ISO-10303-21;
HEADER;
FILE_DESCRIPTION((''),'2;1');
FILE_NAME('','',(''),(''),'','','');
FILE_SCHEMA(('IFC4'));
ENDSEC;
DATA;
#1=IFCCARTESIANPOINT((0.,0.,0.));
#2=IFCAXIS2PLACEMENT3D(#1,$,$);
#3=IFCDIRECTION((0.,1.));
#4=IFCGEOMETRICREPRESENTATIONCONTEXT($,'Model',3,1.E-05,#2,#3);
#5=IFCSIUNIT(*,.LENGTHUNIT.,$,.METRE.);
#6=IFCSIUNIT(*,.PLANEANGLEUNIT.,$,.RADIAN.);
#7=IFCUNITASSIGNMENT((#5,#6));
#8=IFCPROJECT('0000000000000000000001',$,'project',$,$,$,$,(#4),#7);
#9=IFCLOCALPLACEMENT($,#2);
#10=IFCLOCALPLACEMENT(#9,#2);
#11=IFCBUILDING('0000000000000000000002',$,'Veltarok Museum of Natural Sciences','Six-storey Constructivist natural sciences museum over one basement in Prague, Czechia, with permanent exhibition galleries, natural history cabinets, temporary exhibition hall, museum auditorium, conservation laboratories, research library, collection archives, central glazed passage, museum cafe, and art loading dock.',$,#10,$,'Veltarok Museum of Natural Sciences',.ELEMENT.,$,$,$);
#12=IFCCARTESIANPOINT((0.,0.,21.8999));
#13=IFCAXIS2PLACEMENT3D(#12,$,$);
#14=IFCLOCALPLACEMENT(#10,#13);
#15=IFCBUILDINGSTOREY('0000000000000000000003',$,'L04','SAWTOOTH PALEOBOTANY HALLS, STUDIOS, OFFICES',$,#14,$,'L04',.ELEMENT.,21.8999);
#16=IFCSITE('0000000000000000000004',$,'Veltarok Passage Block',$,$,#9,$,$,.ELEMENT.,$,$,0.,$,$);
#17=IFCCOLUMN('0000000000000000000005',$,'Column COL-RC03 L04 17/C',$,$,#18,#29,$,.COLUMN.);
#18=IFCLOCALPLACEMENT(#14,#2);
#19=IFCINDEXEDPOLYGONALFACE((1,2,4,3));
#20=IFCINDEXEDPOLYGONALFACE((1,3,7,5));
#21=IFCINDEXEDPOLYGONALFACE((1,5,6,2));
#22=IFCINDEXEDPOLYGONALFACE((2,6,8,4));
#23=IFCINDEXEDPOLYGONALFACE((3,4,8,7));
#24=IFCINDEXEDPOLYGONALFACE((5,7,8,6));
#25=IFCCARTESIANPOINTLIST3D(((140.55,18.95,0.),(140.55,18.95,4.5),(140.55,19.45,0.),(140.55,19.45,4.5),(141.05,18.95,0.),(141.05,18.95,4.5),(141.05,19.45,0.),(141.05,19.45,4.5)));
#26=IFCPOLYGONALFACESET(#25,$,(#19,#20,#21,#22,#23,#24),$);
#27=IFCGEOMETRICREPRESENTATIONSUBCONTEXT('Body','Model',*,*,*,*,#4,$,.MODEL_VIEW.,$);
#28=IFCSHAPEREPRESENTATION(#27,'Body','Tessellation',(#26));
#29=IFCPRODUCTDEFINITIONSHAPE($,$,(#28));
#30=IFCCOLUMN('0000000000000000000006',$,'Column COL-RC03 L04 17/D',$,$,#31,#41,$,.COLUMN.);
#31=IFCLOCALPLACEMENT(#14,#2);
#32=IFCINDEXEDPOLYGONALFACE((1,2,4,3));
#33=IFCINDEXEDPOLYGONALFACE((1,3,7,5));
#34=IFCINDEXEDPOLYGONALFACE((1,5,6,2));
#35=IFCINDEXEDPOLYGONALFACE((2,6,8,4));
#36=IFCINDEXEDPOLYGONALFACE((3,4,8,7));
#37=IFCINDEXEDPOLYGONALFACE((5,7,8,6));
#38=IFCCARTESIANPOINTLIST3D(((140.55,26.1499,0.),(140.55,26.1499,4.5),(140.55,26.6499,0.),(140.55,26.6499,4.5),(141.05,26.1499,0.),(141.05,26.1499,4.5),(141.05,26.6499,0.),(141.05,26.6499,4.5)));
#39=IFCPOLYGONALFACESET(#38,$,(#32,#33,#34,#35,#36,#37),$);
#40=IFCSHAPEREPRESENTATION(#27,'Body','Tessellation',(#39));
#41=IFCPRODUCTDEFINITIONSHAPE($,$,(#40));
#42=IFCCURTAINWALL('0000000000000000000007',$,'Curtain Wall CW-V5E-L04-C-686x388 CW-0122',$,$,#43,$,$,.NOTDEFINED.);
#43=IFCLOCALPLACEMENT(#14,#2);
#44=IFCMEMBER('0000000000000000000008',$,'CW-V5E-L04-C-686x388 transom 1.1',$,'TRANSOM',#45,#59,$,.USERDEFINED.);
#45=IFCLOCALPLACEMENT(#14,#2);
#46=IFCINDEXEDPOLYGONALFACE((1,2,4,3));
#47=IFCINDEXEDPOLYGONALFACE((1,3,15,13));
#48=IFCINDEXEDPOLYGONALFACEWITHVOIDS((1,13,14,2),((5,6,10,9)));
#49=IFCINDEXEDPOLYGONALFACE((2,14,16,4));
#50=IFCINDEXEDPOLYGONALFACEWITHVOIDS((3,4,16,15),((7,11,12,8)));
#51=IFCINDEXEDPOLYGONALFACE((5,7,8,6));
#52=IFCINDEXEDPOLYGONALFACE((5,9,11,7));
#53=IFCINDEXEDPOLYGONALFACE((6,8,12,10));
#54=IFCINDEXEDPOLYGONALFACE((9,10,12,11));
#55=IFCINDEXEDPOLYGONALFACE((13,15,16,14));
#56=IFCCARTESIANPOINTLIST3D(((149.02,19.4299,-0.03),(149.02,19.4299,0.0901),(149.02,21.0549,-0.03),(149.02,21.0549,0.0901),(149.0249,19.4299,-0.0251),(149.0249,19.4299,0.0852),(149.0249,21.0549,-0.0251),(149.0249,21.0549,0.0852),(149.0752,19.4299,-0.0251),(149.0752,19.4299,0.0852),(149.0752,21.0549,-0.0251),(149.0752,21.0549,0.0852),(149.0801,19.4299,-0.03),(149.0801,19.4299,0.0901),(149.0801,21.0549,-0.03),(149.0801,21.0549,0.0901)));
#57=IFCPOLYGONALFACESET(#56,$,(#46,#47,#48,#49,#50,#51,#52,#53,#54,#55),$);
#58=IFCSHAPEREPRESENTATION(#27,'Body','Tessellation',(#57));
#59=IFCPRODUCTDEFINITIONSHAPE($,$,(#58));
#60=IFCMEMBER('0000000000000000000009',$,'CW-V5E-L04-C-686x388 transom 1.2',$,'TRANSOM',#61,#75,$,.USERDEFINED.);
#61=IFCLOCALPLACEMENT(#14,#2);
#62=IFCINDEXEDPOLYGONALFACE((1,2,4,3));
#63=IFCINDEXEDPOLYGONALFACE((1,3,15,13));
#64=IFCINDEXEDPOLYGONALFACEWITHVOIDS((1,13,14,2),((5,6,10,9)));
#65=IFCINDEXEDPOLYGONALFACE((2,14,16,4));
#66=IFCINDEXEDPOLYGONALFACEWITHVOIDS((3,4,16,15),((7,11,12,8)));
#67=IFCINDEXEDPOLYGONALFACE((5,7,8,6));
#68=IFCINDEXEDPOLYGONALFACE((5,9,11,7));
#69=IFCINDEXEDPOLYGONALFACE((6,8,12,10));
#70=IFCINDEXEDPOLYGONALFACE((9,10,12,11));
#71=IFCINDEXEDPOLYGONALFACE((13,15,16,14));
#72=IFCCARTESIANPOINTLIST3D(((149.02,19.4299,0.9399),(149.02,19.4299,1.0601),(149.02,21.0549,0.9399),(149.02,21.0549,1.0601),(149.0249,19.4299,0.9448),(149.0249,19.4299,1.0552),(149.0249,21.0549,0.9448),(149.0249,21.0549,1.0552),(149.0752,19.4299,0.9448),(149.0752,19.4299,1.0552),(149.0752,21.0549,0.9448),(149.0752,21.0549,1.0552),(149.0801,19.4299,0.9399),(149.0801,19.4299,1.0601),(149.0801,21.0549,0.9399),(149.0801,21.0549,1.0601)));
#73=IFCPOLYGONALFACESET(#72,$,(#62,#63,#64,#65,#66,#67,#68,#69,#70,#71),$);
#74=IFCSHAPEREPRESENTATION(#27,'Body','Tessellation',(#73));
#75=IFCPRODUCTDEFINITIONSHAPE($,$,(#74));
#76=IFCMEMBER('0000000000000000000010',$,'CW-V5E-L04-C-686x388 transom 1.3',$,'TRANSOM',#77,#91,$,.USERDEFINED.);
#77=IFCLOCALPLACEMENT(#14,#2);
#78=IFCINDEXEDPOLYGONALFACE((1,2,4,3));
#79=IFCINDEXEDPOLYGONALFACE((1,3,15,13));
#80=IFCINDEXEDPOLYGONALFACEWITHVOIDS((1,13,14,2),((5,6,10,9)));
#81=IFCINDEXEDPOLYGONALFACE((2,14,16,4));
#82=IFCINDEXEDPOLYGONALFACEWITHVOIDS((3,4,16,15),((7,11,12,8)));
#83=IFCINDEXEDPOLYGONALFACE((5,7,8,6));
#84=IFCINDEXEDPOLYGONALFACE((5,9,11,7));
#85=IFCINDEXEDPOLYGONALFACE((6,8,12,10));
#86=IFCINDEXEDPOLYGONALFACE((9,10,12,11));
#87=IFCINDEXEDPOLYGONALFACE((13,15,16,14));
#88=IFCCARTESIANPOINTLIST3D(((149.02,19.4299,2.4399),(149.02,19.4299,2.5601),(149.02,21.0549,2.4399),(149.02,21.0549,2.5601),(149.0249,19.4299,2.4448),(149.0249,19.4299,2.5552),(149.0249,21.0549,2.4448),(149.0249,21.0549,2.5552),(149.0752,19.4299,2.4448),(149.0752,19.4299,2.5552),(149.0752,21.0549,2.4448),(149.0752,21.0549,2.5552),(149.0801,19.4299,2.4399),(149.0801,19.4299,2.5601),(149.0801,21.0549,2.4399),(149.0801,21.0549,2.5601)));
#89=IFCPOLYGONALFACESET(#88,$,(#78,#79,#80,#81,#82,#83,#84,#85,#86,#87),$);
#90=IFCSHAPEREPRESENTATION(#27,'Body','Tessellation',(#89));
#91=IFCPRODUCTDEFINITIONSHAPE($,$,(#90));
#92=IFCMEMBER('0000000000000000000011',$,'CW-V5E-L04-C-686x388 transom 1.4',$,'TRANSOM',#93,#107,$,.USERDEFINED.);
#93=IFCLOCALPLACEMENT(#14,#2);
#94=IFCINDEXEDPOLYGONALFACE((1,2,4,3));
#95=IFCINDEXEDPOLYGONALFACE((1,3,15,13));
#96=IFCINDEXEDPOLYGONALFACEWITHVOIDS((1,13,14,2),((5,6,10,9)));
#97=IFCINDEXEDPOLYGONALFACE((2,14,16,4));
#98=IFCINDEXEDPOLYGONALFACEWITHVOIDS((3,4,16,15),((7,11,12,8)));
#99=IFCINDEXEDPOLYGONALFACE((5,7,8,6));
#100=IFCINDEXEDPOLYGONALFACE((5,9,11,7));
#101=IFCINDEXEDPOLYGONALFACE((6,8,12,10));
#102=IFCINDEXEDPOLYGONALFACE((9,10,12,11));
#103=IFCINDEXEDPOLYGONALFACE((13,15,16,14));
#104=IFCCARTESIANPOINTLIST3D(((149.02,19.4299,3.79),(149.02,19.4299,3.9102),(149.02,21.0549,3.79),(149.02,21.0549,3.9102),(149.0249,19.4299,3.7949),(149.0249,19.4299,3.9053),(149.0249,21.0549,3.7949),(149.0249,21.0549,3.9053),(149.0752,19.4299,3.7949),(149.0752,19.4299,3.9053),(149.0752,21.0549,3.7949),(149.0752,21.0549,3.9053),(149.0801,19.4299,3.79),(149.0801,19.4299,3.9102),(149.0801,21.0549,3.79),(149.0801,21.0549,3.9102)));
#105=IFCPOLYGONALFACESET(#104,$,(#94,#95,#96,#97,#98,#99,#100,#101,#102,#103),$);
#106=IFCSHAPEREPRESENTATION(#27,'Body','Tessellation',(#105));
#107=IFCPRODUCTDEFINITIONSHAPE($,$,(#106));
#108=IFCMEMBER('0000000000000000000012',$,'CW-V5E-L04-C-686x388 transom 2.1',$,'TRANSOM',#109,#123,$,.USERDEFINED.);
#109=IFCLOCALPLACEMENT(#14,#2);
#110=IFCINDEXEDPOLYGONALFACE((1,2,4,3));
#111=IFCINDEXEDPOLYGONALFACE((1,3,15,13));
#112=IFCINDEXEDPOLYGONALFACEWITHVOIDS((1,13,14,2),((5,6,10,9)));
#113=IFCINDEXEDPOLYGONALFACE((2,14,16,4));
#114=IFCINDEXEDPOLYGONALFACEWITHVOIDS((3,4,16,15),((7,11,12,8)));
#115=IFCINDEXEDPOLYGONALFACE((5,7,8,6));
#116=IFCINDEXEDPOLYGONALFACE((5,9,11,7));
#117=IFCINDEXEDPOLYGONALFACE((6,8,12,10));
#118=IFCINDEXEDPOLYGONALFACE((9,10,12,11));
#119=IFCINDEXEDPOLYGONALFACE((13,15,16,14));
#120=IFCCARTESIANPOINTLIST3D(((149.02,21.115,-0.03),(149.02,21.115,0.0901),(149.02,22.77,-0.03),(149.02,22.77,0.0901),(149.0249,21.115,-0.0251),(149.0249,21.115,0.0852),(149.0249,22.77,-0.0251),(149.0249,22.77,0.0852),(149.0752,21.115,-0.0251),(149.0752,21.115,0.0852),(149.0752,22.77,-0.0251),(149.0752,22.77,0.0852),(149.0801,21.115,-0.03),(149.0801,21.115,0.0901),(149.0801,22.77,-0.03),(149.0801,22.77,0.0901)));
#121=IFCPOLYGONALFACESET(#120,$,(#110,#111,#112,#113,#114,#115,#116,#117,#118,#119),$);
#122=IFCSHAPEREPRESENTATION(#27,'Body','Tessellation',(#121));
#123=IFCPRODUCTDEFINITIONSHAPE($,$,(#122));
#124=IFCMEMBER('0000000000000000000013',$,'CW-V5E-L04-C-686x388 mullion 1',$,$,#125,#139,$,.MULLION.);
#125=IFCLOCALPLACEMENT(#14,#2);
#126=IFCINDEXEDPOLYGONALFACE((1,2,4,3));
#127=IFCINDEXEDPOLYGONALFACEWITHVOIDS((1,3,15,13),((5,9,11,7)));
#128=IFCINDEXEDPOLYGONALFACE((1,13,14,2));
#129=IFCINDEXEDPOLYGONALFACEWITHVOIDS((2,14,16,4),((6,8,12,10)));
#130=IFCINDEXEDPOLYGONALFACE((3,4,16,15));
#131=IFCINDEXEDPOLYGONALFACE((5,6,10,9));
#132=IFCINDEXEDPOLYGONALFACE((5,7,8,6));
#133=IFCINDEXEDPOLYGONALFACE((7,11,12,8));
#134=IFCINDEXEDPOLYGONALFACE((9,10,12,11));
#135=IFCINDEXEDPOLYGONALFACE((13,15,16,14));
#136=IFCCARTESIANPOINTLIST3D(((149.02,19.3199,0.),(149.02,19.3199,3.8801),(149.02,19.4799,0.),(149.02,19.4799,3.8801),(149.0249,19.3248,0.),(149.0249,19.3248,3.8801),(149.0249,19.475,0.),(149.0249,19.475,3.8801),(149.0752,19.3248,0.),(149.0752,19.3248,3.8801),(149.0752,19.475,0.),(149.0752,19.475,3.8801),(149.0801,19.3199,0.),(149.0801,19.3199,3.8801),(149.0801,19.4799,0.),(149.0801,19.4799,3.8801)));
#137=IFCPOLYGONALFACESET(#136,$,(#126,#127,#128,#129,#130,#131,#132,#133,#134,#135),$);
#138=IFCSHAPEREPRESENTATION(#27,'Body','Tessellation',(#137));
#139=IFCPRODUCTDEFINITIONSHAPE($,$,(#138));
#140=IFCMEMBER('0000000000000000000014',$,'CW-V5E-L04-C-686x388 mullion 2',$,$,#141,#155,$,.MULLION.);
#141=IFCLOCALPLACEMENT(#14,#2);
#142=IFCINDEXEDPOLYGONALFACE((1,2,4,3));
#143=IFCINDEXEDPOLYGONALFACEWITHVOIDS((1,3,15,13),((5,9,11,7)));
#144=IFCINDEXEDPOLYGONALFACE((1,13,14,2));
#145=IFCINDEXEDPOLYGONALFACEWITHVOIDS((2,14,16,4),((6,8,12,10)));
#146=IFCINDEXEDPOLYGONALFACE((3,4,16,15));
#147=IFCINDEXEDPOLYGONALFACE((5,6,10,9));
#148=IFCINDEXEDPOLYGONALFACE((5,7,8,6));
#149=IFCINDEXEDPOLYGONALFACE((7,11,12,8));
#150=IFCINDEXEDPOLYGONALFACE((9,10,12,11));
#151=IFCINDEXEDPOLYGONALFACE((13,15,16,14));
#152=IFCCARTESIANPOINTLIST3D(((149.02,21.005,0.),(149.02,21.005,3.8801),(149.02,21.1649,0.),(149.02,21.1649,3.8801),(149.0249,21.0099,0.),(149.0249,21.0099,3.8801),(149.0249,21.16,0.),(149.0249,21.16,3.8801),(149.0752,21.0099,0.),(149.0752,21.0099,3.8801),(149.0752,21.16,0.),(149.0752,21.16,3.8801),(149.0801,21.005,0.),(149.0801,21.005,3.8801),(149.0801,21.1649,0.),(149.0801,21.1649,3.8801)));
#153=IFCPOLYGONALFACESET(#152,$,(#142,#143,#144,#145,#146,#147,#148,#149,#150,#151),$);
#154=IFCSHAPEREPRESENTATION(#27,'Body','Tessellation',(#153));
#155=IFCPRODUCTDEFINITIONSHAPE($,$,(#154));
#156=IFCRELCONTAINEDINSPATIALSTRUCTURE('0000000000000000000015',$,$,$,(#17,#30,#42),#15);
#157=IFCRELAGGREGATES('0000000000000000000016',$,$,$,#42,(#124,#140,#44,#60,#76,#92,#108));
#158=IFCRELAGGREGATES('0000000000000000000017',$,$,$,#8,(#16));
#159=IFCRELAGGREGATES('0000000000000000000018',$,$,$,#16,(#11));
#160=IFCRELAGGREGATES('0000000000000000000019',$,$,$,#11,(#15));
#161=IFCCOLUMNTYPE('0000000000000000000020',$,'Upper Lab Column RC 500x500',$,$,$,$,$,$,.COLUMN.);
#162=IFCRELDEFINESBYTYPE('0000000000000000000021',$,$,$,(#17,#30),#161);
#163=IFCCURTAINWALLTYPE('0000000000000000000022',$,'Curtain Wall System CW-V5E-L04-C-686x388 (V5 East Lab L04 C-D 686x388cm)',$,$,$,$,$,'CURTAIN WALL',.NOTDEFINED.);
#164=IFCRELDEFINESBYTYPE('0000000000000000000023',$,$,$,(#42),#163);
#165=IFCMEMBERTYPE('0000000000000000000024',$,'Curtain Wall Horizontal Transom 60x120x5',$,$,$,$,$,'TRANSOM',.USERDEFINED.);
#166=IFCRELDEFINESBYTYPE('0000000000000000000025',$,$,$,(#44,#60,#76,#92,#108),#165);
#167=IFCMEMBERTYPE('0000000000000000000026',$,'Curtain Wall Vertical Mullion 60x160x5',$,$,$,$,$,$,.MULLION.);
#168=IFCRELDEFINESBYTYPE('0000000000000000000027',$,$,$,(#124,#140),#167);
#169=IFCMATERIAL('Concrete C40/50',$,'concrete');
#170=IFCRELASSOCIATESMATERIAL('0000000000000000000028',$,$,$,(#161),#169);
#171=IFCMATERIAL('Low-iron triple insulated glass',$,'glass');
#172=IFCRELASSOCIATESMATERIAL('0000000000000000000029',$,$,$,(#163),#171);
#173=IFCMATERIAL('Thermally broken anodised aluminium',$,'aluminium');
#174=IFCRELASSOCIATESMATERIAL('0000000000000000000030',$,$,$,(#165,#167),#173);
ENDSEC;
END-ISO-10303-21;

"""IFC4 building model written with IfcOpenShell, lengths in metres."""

from ifc_helpers import new_model, si_unit, direction, frame, origin, origin_2d, place, context, subcontext, project, spatial, rectangle, hollow_rectangle, extrude, material, material_profile, profile_set, type_object, element, aggregate, save


model = new_model("IFC4")

# Units and contexts
model_context = context("Model", 3, precision=1e-05, world=origin(), true_north=direction((0.0, 1.0)))
body_context = subcontext(model_context, "Body", "Model", "MODEL_VIEW")
ifc_project = project(units=[si_unit("LENGTHUNIT", "METRE"), si_unit("PLANEANGLEUNIT", "RADIAN")], contexts=[model_context])

# Site, building, storey
site_placement = place(None, origin())
site = spatial("IfcSite", under=ifc_project, at=site_placement, Name="Veltarok Passage Block", CompositionType="ELEMENT", RefElevation=0.0)
building_placement = place(site_placement, origin())
building = spatial("IfcBuilding", under=site, at=building_placement, Name="Veltarok Museum of Natural Sciences", Description="Six-storey Constructivist natural sciences museum over one basement in Prague, Czechia, with permanent exhibition galleries, natural history cabinets, temporary exhibition hall, museum auditorium, conservation laboratories, research library, collection archives, central glazed passage, museum cafe, and art loading dock.", LongName="Veltarok Museum of Natural Sciences", CompositionType="ELEMENT")
storey_placement = place(building_placement, frame((0.0, 0.0, 21.8999)))
storey = spatial("IfcBuildingStorey", under=building, at=storey_placement, Name="L04", Description="SAWTOOTH PALEOBOTANY HALLS, STUDIOS, OFFICES", LongName="L04", CompositionType="ELEMENT", Elevation=21.8999)

# Columns
ifc_material_1 = material(Name="Concrete C40/50", Category="concrete")
ifc_material_profile_1 = material_profile(ifc_material_1, rectangle(XDim=0.5, YDim=0.5, at=origin_2d()), Name="RC 500x500")
ifc_profile_set_1 = profile_set([ifc_material_profile_1], Name="Concrete C40/50")
column_type = type_object("IfcColumnType", Name="Upper Lab Column RC 500x500", PredefinedType="COLUMN", material=ifc_profile_set_1)
for number, where, z_axis, x_axis, name in (
    (1, (140.8, 19.2, 0.0), (0.0, 0.0, 1.0), (1.0, 0.0, 0.0), "Column COL-RC03 L04 17/C"),
    (2, (140.8, 26.3999, 0.0), (0.0, 0.0, 1.0), (1.0, 0.0, 0.0), "Column COL-RC03 L04 17/D"),
):
    element("IfcColumn", number, at=place(storey_placement, frame(where, z_axis=z_axis, x_axis=x_axis)), inside=storey, type_object=column_type, Name=name, PredefinedType="COLUMN", context=body_context, shape_type="SweptSolid", body=[
        extrude(rectangle(XDim=0.5, YDim=0.5, at=origin_2d()), origin(), (0.0, 0.0, 1.0), 4.5),
    ])

# Curtain wall, members
ifc_material_2 = material(Name="Low-iron triple insulated glass", Category="glass")
curtain_wall_type = type_object("IfcCurtainWallType", Name="Curtain Wall System CW-V5E-L04-C-686x388 (V5 East Lab L04 C-D 686x388cm)", ElementType="CURTAIN WALL", PredefinedType="NOTDEFINED", material=ifc_material_2)
curtain_wall_placement = place(storey_placement, origin())
curtain_wall = element("IfcCurtainWall", 3, at=curtain_wall_placement, inside=storey, type_object=curtain_wall_type, Name="Curtain Wall CW-V5E-L04-C-686x388 CW-0122", PredefinedType="NOTDEFINED")
ifc_material_3 = material(Name="Thermally broken anodised aluminium", Category="aluminium")
ifc_material_profile_2 = material_profile(ifc_material_3, hollow_rectangle(XDim=0.0601, YDim=0.1201, WallThickness=0.0049, at=origin_2d()), Name="CW TRANSOM 60x120x5")
ifc_profile_set_2 = profile_set([ifc_material_profile_2], Name="Thermally broken anodised aluminium")
member_type_1 = type_object("IfcMemberType", Name="Curtain Wall Horizontal Transom 60x120x5", ElementType="TRANSOM", PredefinedType="USERDEFINED", material=ifc_profile_set_2)
member_1_placement = place(storey_placement, frame((149.05, 19.4299, 0.03), z_axis=(0.0, 1.0, 0.0), x_axis=(-1.0, 0.0, 0.0)))
member_1 = element("IfcMember", 4, at=member_1_placement, type_object=member_type_1, Name="CW-V5E-L04-C-686x388 transom 1.1", ObjectType="TRANSOM", PredefinedType="USERDEFINED", context=body_context, shape_type="SweptSolid", body=[
    extrude(hollow_rectangle(XDim=0.0601, YDim=0.1201, WallThickness=0.0049, at=origin_2d()), origin(), (0.0, 0.0, 1.0), 1.625),
])
member_2_placement = place(storey_placement, frame((149.05, 19.4299, 1.0), z_axis=(0.0, 1.0, 0.0), x_axis=(-1.0, 0.0, 0.0)))
member_2 = element("IfcMember", 5, at=member_2_placement, type_object=member_type_1, Name="CW-V5E-L04-C-686x388 transom 1.2", ObjectType="TRANSOM", PredefinedType="USERDEFINED", context=body_context, shape_type="SweptSolid", body=[
    extrude(hollow_rectangle(XDim=0.0601, YDim=0.1201, WallThickness=0.0049, at=origin_2d()), origin(), (0.0, 0.0, 1.0), 1.625),
])
member_3_placement = place(storey_placement, frame((149.05, 19.4299, 2.5), z_axis=(0.0, 1.0, 0.0), x_axis=(-1.0, 0.0, 0.0)))
member_3 = element("IfcMember", 6, at=member_3_placement, type_object=member_type_1, Name="CW-V5E-L04-C-686x388 transom 1.3", ObjectType="TRANSOM", PredefinedType="USERDEFINED", context=body_context, shape_type="SweptSolid", body=[
    extrude(hollow_rectangle(XDim=0.0601, YDim=0.1201, WallThickness=0.0049, at=origin_2d()), origin(), (0.0, 0.0, 1.0), 1.625),
])
member_4_placement = place(storey_placement, frame((149.05, 19.4299, 3.8501), z_axis=(0.0, 1.0, 0.0), x_axis=(-1.0, 0.0, 0.0)))
member_4 = element("IfcMember", 7, at=member_4_placement, type_object=member_type_1, Name="CW-V5E-L04-C-686x388 transom 1.4", ObjectType="TRANSOM", PredefinedType="USERDEFINED", context=body_context, shape_type="SweptSolid", body=[
    extrude(hollow_rectangle(XDim=0.0601, YDim=0.1201, WallThickness=0.0049, at=origin_2d()), origin(), (0.0, 0.0, 1.0), 1.625),
])
member_5_placement = place(storey_placement, frame((149.05, 21.115, 0.03), z_axis=(0.0, 1.0, 0.0), x_axis=(-1.0, 0.0, 0.0)))
member_5 = element("IfcMember", 8, at=member_5_placement, type_object=member_type_1, Name="CW-V5E-L04-C-686x388 transom 2.1", ObjectType="TRANSOM", PredefinedType="USERDEFINED", context=body_context, shape_type="SweptSolid", body=[
    extrude(hollow_rectangle(XDim=0.0601, YDim=0.1201, WallThickness=0.0049, at=origin_2d()), origin(), (0.0, 0.0, 1.0), 1.655),
])
ifc_material_profile_3 = material_profile(ifc_material_3, hollow_rectangle(XDim=0.0601, YDim=0.1599, WallThickness=0.0049, at=origin_2d()), Name="CW MULLION 60x160x5")
ifc_profile_set_3 = profile_set([ifc_material_profile_3], Name="Thermally broken anodised aluminium")
member_type_2 = type_object("IfcMemberType", Name="Curtain Wall Vertical Mullion 60x160x5", PredefinedType="MULLION", material=ifc_profile_set_3)
member_6_placement = place(storey_placement, frame((149.05, 19.3999, 0.0), z_axis=(0.0, 0.0, 1.0), x_axis=(-1.0, 0.0, 0.0)))
member_6 = element("IfcMember", 9, at=member_6_placement, type_object=member_type_2, Name="CW-V5E-L04-C-686x388 mullion 1", PredefinedType="MULLION", context=body_context, shape_type="SweptSolid", body=[
    extrude(hollow_rectangle(XDim=0.0601, YDim=0.1599, WallThickness=0.0049, at=origin_2d()), origin(), (0.0, 0.0, 1.0), 3.8801),
])
member_7_placement = place(storey_placement, frame((149.05, 21.085, 0.0), z_axis=(0.0, 0.0, 1.0), x_axis=(-1.0, 0.0, 0.0)))
member_7 = element("IfcMember", 10, at=member_7_placement, type_object=member_type_2, Name="CW-V5E-L04-C-686x388 mullion 2", PredefinedType="MULLION", context=body_context, shape_type="SweptSolid", body=[
    extrude(hollow_rectangle(XDim=0.0601, YDim=0.1599, WallThickness=0.0049, at=origin_2d()), origin(), (0.0, 0.0, 1.0), 3.8801),
])

aggregate(curtain_wall, [member_6, member_7, member_1, member_2, member_3, member_4, member_5])

save(model, "model.ifc")
